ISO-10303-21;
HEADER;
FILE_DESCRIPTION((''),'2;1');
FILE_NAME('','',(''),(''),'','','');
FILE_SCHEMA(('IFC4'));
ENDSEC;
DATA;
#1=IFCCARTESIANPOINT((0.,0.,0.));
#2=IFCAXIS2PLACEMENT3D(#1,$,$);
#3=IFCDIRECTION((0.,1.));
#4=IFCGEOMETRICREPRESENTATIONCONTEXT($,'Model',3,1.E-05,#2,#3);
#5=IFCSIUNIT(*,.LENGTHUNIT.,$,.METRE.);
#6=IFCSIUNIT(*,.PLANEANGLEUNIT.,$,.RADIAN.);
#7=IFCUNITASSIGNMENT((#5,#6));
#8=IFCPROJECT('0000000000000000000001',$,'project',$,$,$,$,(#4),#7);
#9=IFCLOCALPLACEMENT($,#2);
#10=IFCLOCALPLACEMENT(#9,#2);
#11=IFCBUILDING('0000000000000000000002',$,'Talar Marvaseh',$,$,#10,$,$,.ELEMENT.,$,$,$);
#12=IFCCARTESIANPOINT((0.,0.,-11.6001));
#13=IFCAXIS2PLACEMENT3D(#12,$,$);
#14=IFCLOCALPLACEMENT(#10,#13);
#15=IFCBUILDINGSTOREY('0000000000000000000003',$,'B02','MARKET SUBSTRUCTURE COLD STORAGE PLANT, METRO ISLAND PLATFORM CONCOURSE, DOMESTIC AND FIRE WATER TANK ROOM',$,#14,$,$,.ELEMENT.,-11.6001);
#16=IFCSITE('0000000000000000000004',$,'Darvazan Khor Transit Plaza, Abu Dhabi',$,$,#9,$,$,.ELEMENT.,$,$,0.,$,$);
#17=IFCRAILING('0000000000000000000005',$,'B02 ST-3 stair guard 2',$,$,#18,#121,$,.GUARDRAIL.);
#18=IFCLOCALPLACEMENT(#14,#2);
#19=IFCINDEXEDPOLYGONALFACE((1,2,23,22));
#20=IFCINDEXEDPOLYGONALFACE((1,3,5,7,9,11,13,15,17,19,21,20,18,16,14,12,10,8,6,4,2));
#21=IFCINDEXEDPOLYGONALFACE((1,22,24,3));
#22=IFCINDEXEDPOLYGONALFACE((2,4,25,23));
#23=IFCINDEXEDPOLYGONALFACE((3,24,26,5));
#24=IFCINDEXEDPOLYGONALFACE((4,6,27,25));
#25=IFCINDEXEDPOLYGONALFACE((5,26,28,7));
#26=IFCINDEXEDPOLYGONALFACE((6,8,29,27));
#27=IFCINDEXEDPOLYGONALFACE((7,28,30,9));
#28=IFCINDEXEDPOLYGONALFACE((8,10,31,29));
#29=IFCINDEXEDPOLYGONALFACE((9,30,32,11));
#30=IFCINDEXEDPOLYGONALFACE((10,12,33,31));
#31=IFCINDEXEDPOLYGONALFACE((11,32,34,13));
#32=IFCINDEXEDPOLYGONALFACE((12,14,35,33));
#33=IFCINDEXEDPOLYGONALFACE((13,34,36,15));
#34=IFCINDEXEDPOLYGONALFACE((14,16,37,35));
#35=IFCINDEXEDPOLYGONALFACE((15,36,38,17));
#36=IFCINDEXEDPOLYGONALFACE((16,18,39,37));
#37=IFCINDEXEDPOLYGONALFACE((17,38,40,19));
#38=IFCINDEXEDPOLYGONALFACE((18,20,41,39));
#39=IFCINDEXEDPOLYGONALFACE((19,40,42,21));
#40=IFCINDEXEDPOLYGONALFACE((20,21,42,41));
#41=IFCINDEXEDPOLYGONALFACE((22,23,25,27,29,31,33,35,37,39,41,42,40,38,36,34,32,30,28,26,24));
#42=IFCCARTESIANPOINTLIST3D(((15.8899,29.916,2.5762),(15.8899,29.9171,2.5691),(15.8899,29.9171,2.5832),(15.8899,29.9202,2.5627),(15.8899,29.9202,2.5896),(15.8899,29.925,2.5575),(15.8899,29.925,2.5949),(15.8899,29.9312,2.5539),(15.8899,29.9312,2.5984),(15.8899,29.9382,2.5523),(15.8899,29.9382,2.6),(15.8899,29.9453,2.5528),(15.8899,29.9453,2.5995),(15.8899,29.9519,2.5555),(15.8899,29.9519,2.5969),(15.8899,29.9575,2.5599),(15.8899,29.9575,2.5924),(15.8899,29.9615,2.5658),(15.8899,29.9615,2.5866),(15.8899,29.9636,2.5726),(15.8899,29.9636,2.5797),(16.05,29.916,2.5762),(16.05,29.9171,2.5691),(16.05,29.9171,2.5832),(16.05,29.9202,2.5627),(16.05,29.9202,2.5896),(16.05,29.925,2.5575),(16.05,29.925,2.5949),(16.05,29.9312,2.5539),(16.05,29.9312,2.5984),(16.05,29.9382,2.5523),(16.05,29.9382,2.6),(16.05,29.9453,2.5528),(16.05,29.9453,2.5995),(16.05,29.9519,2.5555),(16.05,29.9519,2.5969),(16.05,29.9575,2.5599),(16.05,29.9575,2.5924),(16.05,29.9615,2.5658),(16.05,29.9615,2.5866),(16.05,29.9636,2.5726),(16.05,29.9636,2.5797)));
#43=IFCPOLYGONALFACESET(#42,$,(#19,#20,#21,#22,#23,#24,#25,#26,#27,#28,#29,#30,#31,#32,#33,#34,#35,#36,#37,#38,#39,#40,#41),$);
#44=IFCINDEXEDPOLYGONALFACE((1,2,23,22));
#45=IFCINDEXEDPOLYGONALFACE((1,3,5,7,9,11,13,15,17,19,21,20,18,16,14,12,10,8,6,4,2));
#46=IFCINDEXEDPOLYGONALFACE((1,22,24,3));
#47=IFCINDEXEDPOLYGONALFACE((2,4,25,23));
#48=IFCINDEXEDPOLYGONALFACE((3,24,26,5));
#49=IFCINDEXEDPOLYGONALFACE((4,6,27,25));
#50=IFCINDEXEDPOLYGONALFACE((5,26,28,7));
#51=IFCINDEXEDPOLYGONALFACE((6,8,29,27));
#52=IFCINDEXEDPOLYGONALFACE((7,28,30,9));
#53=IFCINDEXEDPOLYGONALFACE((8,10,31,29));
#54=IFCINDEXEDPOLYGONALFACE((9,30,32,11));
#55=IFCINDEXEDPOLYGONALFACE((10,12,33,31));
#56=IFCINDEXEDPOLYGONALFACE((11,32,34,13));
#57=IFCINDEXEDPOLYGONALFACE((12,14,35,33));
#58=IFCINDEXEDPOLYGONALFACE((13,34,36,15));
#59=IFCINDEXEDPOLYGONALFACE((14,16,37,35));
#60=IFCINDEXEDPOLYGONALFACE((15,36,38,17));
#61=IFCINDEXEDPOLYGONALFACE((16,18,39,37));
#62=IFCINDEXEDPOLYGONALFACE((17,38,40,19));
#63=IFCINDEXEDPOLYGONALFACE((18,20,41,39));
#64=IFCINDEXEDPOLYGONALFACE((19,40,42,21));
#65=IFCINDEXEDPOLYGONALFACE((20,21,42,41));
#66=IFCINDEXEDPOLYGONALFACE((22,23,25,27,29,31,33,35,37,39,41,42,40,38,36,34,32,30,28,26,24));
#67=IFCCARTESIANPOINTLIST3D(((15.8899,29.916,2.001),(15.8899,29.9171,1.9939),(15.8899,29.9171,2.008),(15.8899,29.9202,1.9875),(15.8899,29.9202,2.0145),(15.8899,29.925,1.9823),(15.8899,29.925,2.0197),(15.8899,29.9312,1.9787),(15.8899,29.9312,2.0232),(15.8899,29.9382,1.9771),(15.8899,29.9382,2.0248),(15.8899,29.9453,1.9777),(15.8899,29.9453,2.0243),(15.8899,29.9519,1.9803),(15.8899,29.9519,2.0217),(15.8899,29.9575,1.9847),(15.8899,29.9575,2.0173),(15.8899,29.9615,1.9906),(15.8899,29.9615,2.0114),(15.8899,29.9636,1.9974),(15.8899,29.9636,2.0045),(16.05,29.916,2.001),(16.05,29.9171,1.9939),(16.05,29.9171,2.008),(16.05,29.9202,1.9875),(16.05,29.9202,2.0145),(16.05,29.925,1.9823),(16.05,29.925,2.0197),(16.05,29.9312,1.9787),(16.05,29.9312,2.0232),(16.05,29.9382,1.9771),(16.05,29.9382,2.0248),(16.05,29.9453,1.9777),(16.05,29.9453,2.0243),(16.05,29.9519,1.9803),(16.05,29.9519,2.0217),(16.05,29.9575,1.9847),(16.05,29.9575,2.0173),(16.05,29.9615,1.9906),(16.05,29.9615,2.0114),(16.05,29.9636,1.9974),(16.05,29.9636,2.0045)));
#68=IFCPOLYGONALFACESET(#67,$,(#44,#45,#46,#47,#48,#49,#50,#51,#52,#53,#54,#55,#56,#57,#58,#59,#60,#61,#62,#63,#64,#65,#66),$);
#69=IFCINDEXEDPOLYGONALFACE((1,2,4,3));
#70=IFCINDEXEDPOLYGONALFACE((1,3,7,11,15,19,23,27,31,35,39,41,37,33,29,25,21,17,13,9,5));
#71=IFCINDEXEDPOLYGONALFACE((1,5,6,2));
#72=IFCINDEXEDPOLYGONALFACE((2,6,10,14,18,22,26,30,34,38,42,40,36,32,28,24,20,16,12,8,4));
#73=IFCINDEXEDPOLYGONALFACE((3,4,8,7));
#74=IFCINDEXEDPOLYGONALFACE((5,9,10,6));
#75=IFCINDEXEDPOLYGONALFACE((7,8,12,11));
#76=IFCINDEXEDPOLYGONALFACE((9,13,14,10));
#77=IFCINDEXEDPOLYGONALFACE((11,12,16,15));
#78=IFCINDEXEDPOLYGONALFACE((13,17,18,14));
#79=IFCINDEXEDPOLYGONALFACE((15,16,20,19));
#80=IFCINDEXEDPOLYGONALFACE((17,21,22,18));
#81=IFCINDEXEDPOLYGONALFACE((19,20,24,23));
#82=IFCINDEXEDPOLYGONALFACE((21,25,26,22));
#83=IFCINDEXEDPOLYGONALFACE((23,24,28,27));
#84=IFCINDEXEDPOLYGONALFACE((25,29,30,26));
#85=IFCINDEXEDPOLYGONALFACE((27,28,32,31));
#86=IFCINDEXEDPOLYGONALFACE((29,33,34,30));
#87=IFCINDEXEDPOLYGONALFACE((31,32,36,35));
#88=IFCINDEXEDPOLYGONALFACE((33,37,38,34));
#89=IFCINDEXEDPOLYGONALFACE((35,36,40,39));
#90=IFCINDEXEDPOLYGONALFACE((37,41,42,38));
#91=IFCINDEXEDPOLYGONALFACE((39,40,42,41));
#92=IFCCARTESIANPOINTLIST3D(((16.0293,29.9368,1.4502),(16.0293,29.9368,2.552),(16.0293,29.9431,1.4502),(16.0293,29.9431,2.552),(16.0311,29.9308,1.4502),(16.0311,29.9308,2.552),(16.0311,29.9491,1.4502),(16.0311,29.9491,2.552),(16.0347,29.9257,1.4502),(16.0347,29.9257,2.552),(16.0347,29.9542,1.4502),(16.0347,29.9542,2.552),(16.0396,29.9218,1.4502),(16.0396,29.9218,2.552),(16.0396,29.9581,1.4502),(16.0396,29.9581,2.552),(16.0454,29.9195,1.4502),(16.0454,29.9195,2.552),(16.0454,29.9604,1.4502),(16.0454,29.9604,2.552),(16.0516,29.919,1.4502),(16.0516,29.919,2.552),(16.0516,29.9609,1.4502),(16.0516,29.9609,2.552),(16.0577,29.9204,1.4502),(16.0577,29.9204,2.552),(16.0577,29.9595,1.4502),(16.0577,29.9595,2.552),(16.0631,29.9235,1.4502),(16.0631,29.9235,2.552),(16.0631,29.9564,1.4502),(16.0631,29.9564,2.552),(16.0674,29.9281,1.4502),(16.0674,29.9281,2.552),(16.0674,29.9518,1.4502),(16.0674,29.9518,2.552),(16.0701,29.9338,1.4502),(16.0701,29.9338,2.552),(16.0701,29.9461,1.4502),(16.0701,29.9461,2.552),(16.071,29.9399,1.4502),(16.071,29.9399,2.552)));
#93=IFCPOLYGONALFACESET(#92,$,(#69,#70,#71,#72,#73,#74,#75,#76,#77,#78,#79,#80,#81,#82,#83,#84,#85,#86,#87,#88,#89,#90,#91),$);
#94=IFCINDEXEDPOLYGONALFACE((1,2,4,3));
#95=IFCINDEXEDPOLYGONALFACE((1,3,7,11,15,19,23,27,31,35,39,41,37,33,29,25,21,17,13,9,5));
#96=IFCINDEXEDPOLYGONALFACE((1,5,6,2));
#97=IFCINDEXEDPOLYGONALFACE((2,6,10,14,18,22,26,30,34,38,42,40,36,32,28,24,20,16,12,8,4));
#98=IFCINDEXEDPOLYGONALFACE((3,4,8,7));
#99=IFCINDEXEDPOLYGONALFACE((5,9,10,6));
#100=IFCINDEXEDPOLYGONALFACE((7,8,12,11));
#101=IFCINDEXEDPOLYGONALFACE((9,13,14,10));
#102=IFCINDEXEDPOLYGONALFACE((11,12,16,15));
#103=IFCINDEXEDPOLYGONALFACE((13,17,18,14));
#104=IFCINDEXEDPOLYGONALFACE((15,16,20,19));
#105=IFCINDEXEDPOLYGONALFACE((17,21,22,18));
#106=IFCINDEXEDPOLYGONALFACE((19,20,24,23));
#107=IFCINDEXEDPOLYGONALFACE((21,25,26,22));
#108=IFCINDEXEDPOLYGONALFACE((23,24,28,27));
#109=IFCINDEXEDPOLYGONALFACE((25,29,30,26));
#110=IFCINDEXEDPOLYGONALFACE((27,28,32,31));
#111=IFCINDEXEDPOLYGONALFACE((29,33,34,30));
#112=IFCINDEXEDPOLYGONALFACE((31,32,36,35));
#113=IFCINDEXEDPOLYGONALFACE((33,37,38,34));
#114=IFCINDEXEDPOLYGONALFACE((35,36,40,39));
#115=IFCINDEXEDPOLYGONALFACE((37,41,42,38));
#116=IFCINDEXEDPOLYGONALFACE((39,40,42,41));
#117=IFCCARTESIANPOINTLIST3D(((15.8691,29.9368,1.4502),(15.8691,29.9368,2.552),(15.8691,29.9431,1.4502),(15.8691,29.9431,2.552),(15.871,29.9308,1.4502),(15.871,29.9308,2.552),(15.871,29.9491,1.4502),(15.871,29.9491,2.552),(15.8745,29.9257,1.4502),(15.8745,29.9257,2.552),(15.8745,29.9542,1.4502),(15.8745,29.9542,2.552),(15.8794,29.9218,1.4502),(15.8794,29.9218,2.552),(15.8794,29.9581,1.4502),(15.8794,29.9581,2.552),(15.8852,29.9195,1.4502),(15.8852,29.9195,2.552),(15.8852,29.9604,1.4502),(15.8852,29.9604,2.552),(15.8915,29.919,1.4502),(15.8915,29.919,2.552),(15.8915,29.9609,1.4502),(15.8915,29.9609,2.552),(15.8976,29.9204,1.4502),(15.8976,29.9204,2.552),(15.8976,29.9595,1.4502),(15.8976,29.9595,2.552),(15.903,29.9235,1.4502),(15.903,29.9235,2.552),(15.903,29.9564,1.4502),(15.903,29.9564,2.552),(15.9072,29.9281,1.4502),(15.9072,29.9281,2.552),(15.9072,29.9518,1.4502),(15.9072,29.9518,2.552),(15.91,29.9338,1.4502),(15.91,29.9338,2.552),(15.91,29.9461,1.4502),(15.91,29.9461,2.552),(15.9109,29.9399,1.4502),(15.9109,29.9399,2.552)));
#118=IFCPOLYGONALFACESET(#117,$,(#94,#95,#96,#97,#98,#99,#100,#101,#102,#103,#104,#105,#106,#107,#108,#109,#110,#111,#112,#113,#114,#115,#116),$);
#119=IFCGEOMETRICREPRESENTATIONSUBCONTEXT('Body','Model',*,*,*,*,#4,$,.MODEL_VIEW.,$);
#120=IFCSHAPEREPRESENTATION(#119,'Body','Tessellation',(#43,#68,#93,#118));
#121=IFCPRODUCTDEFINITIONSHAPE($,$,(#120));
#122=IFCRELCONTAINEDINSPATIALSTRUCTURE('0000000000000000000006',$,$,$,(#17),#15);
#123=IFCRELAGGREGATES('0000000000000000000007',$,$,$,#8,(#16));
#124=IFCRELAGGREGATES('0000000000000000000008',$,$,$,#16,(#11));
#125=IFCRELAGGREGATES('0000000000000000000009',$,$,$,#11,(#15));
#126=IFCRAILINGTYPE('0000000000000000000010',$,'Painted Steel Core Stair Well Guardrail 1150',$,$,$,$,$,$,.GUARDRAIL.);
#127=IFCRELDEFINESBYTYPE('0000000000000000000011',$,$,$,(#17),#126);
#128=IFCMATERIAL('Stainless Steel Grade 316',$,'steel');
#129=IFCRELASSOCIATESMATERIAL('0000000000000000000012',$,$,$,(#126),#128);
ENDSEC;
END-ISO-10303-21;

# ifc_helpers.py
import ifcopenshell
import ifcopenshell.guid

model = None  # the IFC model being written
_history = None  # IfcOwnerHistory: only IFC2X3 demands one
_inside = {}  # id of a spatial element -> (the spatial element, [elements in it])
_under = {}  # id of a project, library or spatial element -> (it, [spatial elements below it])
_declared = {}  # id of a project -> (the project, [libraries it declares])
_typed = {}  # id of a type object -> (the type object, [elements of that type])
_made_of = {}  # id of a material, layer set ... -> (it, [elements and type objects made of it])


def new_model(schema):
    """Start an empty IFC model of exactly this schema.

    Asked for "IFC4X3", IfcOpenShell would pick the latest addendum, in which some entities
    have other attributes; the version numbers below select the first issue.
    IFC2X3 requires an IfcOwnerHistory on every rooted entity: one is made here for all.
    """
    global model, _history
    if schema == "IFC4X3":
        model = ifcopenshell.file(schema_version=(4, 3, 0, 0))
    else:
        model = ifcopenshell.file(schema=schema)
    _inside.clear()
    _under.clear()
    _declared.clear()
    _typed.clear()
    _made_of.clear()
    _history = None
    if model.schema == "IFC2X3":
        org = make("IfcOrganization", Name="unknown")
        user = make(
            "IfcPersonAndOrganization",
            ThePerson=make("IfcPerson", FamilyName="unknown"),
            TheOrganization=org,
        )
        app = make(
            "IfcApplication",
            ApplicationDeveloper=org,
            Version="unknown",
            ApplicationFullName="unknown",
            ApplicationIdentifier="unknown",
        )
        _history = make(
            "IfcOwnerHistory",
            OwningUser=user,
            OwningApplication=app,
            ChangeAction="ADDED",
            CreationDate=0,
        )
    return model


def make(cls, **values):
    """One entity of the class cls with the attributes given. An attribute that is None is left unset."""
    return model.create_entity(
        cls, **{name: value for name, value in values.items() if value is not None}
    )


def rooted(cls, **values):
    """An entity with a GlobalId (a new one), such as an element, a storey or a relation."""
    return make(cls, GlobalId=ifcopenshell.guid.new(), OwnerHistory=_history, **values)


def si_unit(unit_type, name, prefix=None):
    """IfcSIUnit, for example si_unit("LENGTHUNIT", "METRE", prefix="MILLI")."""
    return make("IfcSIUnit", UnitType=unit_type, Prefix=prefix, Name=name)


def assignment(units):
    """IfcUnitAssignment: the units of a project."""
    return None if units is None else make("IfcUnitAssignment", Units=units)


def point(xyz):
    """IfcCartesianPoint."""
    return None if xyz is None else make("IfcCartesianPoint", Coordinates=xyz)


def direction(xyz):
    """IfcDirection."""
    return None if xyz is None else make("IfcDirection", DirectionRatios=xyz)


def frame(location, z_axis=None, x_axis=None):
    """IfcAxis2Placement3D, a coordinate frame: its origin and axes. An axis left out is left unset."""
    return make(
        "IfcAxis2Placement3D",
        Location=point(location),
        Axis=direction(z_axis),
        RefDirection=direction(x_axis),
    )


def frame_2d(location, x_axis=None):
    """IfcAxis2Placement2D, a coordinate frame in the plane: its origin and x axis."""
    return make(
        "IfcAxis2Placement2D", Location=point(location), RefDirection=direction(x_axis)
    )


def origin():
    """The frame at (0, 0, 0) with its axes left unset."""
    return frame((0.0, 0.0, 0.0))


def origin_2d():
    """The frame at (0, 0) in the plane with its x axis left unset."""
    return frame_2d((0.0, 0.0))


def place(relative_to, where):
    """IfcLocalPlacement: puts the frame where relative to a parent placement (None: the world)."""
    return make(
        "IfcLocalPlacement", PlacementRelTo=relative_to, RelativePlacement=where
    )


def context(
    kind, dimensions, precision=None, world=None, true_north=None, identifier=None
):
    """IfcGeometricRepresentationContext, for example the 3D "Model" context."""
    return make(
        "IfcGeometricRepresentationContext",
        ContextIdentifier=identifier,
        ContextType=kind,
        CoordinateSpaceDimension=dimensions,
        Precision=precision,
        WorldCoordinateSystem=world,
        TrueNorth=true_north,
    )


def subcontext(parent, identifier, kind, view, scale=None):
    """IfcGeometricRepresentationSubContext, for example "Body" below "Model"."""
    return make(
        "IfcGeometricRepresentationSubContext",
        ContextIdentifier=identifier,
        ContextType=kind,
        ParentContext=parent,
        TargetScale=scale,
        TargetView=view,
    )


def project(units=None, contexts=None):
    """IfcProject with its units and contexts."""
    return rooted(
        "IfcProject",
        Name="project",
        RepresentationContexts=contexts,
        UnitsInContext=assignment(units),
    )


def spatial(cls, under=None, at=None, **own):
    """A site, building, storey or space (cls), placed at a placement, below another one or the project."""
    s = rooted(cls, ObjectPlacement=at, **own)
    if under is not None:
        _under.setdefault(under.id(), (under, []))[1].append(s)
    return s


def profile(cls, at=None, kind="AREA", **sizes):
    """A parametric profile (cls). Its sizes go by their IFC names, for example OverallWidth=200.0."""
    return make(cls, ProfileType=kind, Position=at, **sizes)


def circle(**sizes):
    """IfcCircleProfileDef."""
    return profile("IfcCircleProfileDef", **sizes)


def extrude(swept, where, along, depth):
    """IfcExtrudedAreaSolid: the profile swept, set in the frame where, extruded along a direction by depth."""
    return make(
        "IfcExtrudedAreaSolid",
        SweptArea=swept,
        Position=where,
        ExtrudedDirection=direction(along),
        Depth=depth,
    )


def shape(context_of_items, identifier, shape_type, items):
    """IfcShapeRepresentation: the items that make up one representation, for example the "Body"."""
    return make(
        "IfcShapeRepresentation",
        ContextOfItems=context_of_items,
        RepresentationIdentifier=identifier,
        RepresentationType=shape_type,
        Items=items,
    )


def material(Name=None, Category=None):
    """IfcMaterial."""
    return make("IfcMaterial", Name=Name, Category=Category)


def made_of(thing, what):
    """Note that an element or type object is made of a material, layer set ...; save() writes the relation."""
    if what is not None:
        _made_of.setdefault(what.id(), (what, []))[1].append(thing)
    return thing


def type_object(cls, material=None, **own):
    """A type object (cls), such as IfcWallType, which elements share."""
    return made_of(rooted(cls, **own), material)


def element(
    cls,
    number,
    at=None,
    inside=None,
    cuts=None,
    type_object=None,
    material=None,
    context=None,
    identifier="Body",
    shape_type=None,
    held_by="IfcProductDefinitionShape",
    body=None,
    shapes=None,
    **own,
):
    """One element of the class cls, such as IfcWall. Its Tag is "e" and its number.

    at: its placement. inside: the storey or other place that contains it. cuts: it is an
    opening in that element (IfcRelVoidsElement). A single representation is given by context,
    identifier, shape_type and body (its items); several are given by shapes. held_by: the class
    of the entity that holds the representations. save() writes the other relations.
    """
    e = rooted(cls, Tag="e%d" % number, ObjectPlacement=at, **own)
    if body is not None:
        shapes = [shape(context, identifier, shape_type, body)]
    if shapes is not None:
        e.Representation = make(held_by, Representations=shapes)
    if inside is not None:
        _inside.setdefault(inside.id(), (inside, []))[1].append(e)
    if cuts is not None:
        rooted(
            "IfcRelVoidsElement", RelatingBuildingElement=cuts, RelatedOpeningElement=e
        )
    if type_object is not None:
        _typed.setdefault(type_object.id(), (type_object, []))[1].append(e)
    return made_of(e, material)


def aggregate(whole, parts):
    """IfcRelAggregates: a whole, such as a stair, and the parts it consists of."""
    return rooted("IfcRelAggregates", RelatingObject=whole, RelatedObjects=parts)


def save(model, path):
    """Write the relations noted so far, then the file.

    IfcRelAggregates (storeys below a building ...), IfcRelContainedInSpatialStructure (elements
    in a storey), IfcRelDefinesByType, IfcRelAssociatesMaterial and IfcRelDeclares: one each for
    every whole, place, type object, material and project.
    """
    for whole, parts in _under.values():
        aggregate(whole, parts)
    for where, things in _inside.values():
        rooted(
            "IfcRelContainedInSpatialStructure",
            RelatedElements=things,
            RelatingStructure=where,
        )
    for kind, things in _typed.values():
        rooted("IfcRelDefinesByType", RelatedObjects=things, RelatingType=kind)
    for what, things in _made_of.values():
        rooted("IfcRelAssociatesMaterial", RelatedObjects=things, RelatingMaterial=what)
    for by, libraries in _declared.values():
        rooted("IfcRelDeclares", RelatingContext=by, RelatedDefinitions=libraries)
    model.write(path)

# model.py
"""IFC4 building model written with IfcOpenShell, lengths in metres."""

from ifc_helpers import new_model, si_unit, direction, frame, origin, origin_2d, place, context, subcontext, project, spatial, circle, extrude, material, type_object, element, save


model = new_model("IFC4")

# Units and contexts
model_context = context("Model", 3, precision=1e-05, world=origin(), true_north=direction((0.0, 1.0)))
body_context = subcontext(model_context, "Body", "Model", "MODEL_VIEW")
ifc_project = project(units=[si_unit("LENGTHUNIT", "METRE"), si_unit("PLANEANGLEUNIT", "RADIAN")], contexts=[model_context])

# Site, building, storey
site_placement = place(None, origin())
site = spatial("IfcSite", under=ifc_project, at=site_placement, Name="Darvazan Khor Transit Plaza, Abu Dhabi", CompositionType="ELEMENT", RefElevation=0.0)
building_placement = place(site_placement, origin())
building = spatial("IfcBuilding", under=site, at=building_placement, Name="Talar Marvaseh", CompositionType="ELEMENT")
storey_placement = place(building_placement, frame((0.0, 0.0, -11.6001)))
storey = spatial("IfcBuildingStorey", under=building, at=storey_placement, Name="B02", Description="MARKET SUBSTRUCTURE COLD STORAGE PLANT, METRO ISLAND PLATFORM CONCOURSE, DOMESTIC AND FIRE WATER TANK ROOM", CompositionType="ELEMENT", Elevation=-11.6001)

# Railing
ifc_material_1 = material(Name="Stainless Steel Grade 316", Category="steel")
railing_type_1 = type_object("IfcRailingType", Name="Painted Steel Core Stair Well Guardrail 1150", PredefinedType="GUARDRAIL", material=ifc_material_1)
railing_1_placement = place(storey_placement, frame((16.05, 29.9399, 1.4502)))
element("IfcRailing", 1, at=railing_1_placement, inside=storey, type_object=railing_type_1, Name="B02 ST-3 stair guard 2", PredefinedType="GUARDRAIL", context=body_context, shape_type="SweptSolid", body=[
    extrude(circle(Radius=0.0239, at=origin_2d()), frame((0.0, 0.0, 1.126), z_axis=(-1.0, 0.0, 0.0), x_axis=(0.0, -1.0, 0.0)), (0.0, 0.0, 1.0), 0.1602),
    extrude(circle(Radius=0.0239, at=origin_2d()), frame((0.0, 0.0, 0.5508), z_axis=(-1.0, 0.0, 0.0), x_axis=(0.0, -1.0, 0.0)), (0.0, 0.0, 1.0), 0.1602),
    extrude(circle(Radius=0.021, at=origin_2d()), origin(), (0.0, 0.0, 1.0), 1.1018),
    extrude(circle(Radius=0.021, at=origin_2d()), frame((-0.1602, 0.0, 0.0)), (0.0, 0.0, 1.0), 1.1018),
])

save(model, "model.ifc")
